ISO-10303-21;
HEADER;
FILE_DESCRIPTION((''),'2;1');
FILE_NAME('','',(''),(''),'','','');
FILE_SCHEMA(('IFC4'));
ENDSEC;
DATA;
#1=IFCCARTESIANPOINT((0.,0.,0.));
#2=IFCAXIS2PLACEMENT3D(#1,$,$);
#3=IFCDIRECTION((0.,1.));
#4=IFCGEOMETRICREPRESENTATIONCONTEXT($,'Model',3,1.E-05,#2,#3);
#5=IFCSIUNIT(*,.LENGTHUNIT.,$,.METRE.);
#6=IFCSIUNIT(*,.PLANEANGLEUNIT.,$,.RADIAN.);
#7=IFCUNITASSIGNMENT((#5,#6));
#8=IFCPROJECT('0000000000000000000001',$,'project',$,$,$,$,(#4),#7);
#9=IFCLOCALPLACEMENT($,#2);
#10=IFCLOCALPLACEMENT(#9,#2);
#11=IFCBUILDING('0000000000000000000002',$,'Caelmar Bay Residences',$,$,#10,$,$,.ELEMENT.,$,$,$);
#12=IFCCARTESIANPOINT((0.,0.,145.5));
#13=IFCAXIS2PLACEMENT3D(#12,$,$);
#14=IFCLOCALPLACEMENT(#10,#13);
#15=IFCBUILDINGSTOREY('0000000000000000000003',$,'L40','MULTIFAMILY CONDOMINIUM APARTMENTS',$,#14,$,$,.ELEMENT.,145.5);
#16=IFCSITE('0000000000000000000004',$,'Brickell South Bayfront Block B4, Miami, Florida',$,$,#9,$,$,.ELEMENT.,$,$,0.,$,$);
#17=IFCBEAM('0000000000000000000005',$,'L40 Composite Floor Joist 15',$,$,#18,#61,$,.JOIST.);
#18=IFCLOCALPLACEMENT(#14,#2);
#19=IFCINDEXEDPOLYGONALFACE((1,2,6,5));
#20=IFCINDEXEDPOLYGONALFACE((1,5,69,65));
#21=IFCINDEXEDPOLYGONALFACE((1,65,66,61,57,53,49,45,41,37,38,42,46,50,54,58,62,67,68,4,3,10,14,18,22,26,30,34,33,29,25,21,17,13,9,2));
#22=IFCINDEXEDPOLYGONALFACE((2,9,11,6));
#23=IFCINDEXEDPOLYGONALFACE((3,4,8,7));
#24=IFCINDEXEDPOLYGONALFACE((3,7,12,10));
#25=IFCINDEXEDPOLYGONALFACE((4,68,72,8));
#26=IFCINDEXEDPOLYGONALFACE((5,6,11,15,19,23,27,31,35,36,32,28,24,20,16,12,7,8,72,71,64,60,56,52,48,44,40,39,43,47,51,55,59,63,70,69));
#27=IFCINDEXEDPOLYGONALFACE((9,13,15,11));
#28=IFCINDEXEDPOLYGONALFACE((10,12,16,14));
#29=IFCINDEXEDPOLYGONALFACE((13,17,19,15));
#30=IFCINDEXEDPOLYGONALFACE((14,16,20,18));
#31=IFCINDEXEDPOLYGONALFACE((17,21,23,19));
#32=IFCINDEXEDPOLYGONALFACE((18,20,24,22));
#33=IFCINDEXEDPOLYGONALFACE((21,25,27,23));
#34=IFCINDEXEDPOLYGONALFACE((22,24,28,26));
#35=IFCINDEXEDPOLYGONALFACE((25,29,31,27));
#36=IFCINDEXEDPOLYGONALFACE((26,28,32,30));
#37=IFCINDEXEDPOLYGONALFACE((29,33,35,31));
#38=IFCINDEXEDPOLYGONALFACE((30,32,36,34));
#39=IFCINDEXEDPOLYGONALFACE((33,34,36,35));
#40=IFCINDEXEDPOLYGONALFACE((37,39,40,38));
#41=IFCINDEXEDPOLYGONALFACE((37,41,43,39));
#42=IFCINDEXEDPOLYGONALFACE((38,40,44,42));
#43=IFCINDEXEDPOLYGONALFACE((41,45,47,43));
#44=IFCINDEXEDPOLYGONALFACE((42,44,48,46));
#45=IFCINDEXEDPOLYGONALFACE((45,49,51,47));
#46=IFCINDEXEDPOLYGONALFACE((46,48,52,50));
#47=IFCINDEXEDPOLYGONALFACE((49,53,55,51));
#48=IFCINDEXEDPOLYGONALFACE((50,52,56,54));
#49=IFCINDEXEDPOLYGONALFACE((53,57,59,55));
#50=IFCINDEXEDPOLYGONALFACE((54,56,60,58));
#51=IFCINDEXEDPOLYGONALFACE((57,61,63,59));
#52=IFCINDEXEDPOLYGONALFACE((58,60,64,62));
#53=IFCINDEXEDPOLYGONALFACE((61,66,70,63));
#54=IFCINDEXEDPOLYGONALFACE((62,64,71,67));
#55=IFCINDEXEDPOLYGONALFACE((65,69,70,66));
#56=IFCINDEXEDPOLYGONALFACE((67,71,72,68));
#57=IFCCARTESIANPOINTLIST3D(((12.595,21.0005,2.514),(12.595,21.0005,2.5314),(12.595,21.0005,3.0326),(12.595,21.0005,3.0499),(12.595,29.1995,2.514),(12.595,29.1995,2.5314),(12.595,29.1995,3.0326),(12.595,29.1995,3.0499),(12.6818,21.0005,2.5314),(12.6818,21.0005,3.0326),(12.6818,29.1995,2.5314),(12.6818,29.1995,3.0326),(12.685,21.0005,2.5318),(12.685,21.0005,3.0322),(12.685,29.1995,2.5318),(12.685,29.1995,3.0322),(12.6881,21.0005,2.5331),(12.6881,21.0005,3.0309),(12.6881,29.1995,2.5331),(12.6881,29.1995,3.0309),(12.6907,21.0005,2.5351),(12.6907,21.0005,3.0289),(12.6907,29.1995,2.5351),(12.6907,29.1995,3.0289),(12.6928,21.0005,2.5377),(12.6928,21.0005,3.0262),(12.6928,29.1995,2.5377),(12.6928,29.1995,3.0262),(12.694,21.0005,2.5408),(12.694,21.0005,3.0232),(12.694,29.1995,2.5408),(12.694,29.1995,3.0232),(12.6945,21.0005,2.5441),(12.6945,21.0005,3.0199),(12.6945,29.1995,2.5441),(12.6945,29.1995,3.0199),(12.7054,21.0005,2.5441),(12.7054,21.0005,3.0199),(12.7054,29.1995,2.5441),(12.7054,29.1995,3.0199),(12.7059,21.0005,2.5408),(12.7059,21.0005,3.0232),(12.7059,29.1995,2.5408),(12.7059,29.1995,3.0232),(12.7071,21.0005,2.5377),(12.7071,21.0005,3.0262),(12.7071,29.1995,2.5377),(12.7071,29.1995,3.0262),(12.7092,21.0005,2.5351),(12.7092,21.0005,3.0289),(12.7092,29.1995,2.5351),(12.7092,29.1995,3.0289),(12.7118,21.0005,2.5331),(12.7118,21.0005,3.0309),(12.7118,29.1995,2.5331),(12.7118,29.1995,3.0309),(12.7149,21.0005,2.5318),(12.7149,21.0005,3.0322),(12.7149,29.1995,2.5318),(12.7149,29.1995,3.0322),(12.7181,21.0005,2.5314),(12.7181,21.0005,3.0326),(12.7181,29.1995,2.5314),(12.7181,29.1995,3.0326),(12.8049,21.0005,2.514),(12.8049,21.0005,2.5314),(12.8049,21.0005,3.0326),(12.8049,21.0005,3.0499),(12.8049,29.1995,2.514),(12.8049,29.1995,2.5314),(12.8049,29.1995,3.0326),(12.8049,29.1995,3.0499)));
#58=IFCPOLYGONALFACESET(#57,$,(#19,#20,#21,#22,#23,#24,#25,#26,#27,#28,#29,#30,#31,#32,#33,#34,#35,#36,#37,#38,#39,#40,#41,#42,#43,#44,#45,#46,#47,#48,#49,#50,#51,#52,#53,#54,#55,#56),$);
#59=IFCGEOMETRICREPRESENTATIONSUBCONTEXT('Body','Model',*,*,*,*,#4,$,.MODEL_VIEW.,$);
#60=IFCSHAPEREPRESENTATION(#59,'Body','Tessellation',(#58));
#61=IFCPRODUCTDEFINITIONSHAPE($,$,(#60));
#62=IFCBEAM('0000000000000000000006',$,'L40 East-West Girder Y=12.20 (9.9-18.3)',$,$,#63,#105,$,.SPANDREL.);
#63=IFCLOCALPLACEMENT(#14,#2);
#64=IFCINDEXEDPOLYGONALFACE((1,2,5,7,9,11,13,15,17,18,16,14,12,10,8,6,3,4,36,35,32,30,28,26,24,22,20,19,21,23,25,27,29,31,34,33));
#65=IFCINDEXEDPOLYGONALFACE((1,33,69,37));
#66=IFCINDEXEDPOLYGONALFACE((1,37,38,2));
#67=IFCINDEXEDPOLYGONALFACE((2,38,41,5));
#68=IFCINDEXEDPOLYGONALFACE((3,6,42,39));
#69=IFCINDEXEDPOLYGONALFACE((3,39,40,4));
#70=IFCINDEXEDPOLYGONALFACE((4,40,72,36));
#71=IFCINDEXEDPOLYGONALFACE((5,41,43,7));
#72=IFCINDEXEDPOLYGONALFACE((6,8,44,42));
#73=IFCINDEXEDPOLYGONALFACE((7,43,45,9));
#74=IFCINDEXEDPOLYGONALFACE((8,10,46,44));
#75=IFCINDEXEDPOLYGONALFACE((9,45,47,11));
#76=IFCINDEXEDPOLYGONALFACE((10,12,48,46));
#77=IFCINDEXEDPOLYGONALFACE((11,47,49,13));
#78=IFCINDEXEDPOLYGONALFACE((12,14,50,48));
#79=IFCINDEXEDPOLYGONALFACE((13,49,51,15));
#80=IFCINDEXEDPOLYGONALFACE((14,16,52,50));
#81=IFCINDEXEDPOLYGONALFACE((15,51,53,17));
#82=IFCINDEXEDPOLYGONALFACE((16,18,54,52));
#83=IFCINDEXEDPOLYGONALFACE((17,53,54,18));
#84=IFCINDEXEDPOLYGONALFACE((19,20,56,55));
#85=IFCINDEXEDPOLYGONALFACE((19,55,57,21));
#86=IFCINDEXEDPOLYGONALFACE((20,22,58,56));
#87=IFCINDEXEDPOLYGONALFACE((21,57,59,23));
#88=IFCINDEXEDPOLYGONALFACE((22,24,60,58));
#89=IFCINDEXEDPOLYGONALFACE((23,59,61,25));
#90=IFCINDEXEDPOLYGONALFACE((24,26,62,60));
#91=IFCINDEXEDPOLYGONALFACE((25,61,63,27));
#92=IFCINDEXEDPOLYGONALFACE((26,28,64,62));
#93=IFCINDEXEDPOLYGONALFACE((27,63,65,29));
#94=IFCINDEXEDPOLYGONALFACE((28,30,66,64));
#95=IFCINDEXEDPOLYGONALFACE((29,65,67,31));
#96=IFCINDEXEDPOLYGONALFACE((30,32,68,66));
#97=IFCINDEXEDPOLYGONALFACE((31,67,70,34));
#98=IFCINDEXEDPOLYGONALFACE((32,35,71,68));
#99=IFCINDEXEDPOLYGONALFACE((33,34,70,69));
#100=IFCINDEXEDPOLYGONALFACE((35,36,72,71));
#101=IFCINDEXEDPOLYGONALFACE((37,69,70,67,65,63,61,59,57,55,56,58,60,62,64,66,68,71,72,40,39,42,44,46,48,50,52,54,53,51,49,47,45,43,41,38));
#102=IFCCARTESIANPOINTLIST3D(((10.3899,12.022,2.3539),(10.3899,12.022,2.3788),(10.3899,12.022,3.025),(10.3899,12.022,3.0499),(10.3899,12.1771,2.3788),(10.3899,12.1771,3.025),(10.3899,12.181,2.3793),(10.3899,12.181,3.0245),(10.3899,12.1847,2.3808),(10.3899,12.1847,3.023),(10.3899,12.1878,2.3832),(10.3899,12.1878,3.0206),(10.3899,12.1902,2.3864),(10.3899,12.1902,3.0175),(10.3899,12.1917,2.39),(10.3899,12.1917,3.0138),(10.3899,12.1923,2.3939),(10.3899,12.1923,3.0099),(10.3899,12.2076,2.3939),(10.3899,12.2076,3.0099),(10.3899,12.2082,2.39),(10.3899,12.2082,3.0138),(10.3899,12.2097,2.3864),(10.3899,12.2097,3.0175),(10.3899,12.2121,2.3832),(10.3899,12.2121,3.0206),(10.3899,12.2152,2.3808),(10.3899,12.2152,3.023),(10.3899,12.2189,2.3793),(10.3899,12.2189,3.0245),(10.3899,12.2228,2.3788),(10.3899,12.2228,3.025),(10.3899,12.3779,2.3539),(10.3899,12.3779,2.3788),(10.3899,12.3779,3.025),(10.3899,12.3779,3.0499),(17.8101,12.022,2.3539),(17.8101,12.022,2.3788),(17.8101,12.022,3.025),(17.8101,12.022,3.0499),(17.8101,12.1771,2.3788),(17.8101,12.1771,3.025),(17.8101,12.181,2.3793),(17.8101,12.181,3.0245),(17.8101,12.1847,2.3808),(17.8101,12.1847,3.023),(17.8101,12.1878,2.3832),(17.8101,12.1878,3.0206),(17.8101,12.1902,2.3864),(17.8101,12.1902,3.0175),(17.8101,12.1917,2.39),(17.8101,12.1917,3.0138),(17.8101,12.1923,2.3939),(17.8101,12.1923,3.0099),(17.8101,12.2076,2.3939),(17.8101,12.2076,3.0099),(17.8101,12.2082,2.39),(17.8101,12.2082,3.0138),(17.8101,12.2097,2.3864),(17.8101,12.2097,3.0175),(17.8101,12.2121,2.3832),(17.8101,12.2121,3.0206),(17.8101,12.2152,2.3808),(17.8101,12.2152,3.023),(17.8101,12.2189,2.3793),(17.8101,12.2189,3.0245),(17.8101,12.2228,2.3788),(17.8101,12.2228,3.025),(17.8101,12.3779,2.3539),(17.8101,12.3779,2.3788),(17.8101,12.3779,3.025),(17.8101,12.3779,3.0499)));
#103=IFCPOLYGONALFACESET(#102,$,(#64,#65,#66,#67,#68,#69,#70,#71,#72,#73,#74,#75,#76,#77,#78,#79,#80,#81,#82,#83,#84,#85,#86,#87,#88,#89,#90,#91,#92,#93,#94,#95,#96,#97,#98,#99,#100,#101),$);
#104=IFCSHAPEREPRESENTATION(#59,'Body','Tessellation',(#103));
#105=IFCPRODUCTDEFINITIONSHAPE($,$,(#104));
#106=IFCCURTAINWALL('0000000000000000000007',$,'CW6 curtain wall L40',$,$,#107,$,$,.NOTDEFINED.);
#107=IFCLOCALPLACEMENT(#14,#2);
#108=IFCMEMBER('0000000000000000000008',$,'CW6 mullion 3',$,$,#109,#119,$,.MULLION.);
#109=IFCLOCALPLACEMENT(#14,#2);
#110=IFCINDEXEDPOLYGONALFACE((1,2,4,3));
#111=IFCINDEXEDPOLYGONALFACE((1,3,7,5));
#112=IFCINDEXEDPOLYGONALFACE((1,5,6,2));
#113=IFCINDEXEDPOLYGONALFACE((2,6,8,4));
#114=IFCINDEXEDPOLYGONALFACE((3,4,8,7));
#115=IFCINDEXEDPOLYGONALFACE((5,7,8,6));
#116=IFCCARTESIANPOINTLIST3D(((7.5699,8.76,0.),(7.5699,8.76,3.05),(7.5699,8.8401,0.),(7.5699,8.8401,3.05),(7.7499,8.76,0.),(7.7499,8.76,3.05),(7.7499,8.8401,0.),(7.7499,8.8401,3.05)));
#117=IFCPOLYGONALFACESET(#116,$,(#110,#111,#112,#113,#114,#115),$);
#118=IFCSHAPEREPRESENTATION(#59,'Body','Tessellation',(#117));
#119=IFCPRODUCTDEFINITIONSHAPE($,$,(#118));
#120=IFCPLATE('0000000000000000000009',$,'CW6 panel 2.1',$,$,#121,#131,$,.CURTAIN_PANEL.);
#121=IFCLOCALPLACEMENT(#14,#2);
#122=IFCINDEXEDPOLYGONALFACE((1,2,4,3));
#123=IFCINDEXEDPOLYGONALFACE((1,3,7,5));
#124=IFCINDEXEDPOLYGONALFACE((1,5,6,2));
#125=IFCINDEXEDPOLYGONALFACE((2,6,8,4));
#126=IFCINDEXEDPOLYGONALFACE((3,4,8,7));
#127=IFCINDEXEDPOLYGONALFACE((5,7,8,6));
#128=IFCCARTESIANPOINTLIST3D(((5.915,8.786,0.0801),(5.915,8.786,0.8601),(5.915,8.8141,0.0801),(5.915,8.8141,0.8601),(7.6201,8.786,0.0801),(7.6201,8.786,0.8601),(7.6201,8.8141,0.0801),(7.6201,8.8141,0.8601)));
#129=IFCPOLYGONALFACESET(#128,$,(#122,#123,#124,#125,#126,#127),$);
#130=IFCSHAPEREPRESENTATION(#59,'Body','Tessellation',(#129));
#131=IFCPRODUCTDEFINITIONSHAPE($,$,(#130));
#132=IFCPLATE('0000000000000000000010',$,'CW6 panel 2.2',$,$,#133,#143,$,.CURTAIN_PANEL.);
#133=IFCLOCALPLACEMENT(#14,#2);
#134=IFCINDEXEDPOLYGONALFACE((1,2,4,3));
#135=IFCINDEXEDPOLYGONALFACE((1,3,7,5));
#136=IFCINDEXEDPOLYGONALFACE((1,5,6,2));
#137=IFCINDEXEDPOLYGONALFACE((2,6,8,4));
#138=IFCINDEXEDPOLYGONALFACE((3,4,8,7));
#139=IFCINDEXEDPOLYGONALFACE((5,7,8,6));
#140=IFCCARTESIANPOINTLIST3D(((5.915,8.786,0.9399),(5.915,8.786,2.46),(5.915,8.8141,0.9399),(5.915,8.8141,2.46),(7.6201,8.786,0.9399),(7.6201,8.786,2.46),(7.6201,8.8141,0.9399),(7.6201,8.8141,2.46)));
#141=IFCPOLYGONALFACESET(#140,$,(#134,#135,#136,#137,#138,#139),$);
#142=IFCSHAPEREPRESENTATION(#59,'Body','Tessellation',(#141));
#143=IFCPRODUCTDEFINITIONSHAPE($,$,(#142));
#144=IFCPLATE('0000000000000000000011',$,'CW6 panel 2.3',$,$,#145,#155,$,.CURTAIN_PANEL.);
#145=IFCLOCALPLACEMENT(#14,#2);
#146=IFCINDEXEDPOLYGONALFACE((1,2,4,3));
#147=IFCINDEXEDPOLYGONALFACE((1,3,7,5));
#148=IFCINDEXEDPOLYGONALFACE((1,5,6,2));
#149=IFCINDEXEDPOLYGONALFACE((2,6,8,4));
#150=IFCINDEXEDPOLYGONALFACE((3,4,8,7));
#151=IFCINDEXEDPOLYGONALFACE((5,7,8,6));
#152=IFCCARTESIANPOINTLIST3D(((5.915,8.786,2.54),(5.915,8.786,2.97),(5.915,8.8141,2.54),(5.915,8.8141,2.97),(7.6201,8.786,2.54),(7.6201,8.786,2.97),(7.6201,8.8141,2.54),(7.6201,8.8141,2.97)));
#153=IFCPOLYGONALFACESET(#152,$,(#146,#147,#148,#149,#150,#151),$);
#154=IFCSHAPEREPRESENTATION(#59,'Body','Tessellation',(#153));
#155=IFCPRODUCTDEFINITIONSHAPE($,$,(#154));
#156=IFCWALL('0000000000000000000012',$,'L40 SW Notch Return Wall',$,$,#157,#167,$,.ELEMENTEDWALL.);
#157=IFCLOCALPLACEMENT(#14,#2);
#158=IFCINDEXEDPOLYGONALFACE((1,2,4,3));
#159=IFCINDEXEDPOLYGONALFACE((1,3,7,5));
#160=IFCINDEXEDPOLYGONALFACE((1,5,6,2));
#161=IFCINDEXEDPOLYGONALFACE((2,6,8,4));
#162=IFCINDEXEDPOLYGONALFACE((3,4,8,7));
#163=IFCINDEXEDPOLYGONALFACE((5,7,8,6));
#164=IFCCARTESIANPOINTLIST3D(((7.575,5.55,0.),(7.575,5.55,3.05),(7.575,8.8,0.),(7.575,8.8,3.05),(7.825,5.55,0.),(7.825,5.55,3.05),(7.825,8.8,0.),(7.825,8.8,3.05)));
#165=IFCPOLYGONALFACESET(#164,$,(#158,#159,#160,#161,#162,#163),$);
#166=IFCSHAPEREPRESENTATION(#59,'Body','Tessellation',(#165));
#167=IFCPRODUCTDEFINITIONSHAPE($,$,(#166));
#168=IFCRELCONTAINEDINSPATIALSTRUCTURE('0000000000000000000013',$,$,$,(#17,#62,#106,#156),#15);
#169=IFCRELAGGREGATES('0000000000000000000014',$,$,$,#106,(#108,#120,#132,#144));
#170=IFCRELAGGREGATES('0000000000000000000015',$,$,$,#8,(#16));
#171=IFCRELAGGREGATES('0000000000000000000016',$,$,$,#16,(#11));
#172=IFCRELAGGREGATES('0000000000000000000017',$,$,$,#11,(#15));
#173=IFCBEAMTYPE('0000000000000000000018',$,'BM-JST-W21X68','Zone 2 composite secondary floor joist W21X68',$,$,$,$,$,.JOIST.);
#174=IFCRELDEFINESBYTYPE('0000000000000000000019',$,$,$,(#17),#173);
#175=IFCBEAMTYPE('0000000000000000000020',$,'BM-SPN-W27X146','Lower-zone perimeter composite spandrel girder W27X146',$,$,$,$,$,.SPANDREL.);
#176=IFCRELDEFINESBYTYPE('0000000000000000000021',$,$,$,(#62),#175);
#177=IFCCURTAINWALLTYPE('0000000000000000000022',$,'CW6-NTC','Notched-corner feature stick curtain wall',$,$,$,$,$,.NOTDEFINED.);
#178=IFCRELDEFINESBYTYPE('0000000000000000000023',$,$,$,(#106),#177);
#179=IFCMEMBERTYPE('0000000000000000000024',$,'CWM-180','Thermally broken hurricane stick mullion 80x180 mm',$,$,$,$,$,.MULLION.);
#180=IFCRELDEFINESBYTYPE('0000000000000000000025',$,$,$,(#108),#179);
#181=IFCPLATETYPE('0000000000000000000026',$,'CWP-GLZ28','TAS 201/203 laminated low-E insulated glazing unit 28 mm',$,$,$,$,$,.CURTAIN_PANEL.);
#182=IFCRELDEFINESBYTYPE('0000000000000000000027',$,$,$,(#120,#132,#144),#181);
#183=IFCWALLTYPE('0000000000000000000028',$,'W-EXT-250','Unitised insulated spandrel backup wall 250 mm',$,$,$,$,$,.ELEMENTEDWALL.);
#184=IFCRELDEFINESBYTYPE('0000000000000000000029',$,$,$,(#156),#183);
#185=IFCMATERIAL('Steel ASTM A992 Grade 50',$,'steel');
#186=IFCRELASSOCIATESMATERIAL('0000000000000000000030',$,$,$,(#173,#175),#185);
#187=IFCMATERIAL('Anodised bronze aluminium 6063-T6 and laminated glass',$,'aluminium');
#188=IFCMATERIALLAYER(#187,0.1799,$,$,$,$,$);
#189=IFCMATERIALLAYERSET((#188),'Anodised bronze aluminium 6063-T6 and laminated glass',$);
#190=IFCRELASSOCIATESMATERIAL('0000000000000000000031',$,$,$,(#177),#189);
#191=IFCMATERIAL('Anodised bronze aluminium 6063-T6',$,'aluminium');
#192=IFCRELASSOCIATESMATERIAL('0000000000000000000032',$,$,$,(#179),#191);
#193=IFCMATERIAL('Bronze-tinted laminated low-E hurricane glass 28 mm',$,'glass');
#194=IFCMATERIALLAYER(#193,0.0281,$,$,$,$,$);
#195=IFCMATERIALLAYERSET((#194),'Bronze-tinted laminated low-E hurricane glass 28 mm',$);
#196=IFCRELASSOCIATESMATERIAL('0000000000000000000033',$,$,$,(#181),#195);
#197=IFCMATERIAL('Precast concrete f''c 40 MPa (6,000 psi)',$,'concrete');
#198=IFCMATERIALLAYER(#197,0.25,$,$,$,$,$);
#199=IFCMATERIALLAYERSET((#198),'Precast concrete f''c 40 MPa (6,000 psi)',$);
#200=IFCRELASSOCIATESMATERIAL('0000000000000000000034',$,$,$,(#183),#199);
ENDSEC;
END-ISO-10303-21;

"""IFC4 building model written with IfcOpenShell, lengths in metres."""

from ifc_helpers import new_model, si_unit, direction, frame, frame_2d, origin, origin_2d, place, context, subcontext, project, spatial, rectangle, i_section, extrude, material, layer, layer_set, material_profile, profile_set, type_object, element, aggregate, save


model = new_model("IFC4")

# Units and contexts
model_context = context("Model", 3, precision=1e-05, world=origin(), true_north=direction((0.0, 1.0)))
body_context = subcontext(model_context, "Body", "Model", "MODEL_VIEW")
ifc_project = project(units=[si_unit("LENGTHUNIT", "METRE"), si_unit("PLANEANGLEUNIT", "RADIAN")], contexts=[model_context])

# Site, building, storey
site_placement = place(None, origin())
site = spatial("IfcSite", under=ifc_project, at=site_placement, Name="Brickell South Bayfront Block B4, Miami, Florida", CompositionType="ELEMENT", RefElevation=0.0)
building_placement = place(site_placement, origin())
building = spatial("IfcBuilding", under=site, at=building_placement, Name="Caelmar Bay Residences", CompositionType="ELEMENT")
storey_placement = place(building_placement, frame((0.0, 0.0, 145.5)))
storey = spatial("IfcBuildingStorey", under=building, at=storey_placement, Name="L40", Description="MULTIFAMILY CONDOMINIUM APARTMENTS", CompositionType="ELEMENT", Elevation=145.5)

# Beams
ifc_material_1 = material(Name="Steel ASTM A992 Grade 50", Category="steel")
ifc_material_profile_1 = material_profile(ifc_material_1, i_section(OverallWidth=0.21, OverallDepth=0.5359, WebThickness=0.011, FlangeThickness=0.0173, FilletRadius=0.0127, at=origin_2d()), Name="W21X68")
ifc_profile_set_1 = profile_set([ifc_material_profile_1], Name="Steel ASTM A992 Grade 50")
beam_type_1 = type_object("IfcBeamType", Name="BM-JST-W21X68", Description="Zone 2 composite secondary floor joist W21X68", PredefinedType="JOIST", material=ifc_profile_set_1)
beam_1_placement = place(storey_placement, frame((12.7, 21.0005, 2.782), z_axis=(0.0, 1.0, 0.0), x_axis=(-1.0, 0.0, 0.0)))
element("IfcBeam", 1, at=beam_1_placement, inside=storey, type_object=beam_type_1, Name="L40 Composite Floor Joist 15", PredefinedType="JOIST", context=body_context, shape_type="SweptSolid", body=[
    extrude(i_section(OverallWidth=0.21, OverallDepth=0.5359, WebThickness=0.011, FlangeThickness=0.0173, FilletRadius=0.0127, at=origin_2d()), origin(), (0.0, 0.0, 1.0), 8.199),
])
ifc_material_profile_2 = material_profile(ifc_material_1, i_section(OverallWidth=0.356, OverallDepth=0.696, WebThickness=0.0154, FlangeThickness=0.0249, FilletRadius=0.0151, at=origin_2d()), Name="W27X146")
ifc_profile_set_2 = profile_set([ifc_material_profile_2], Name="Steel ASTM A992 Grade 50")
beam_type_2 = type_object("IfcBeamType", Name="BM-SPN-W27X146", Description="Lower-zone perimeter composite spandrel girder W27X146", PredefinedType="SPANDREL", material=ifc_profile_set_2)
beam_2_placement = place(storey_placement, frame((10.3899, 12.2, 2.7019), z_axis=(1.0, 0.0, 0.0), x_axis=(0.0, 1.0, 0.0)))
element("IfcBeam", 2, at=beam_2_placement, inside=storey, type_object=beam_type_2, Name="L40 East-West Girder Y=12.20 (9.9-18.3)", PredefinedType="SPANDREL", context=body_context, shape_type="SweptSolid", body=[
    extrude(i_section(OverallWidth=0.356, OverallDepth=0.696, WebThickness=0.0154, FlangeThickness=0.0249, FilletRadius=0.0151, at=origin_2d()), origin(), (0.0, 0.0, 1.0), 7.4202),
])

# Curtain wall, member, plates
ifc_material_2 = material(Name="Anodised bronze aluminium 6063-T6 and laminated glass", Category="aluminium")
ifc_layer_1 = layer(ifc_material_2, 0.1799)
ifc_layer_set_1 = layer_set([ifc_layer_1], Name="Anodised bronze aluminium 6063-T6 and laminated glass")
curtain_wall_type = type_object("IfcCurtainWallType", Name="CW6-NTC", Description="Notched-corner feature stick curtain wall", PredefinedType="NOTDEFINED", material=ifc_layer_set_1)
curtain_wall_placement = place(storey_placement, origin())
curtain_wall = element("IfcCurtainWall", 3, at=curtain_wall_placement, inside=storey, type_object=curtain_wall_type, Name="CW6 curtain wall L40", PredefinedType="NOTDEFINED")
ifc_material_3 = material(Name="Anodised bronze aluminium 6063-T6", Category="aluminium")
ifc_material_profile_3 = material_profile(ifc_material_3, rectangle(XDim=0.0801, YDim=0.1799, at=origin_2d()), Name="CWM-80X180")
ifc_profile_set_3 = profile_set([ifc_material_profile_3], Name="Anodised bronze aluminium 6063-T6")
member_type = type_object("IfcMemberType", Name="CWM-180", Description="Thermally broken hurricane stick mullion 80x180 mm", PredefinedType="MULLION", material=ifc_profile_set_3)
member_placement = place(storey_placement, frame((7.6599, 8.8, 0.0), z_axis=(0.0, 0.0, 1.0), x_axis=(0.0, 1.0, 0.0)))
member = element("IfcMember", 4, at=member_placement, type_object=member_type, Name="CW6 mullion 3", PredefinedType="MULLION", context=body_context, shape_type="SweptSolid", body=[
    extrude(rectangle(XDim=0.0801, YDim=0.1799, at=origin_2d()), origin(), (0.0, 0.0, 1.0), 3.05),
])
ifc_material_4 = material(Name="Bronze-tinted laminated low-E hurricane glass 28 mm", Category="glass")
ifc_layer_2 = layer(ifc_material_4, 0.0281)
ifc_layer_set_2 = layer_set([ifc_layer_2], Name="Bronze-tinted laminated low-E hurricane glass 28 mm")
plate_type = type_object("IfcPlateType", Name="CWP-GLZ28", Description="TAS 201/203 laminated low-E insulated glazing unit 28 mm", PredefinedType="CURTAIN_PANEL", material=ifc_layer_set_2)
plate_1_placement = place(storey_placement, frame((6.7676, 8.8, 0.0801), z_axis=(0.0, 0.0, 1.0), x_axis=(1.0, 0.0, 0.0)))
plate_1 = element("IfcPlate", 5, at=plate_1_placement, type_object=plate_type, Name="CW6 panel 2.1", PredefinedType="CURTAIN_PANEL", context=body_context, shape_type="SweptSolid", body=[
    extrude(rectangle(XDim=1.7051, YDim=0.0281, at=origin_2d()), origin(), (0.0, 0.0, 1.0), 0.78),
])
plate_2_placement = place(storey_placement, frame((6.7676, 8.8, 0.9399), z_axis=(0.0, 0.0, 1.0), x_axis=(1.0, 0.0, 0.0)))
plate_2 = element("IfcPlate", 6, at=plate_2_placement, type_object=plate_type, Name="CW6 panel 2.2", PredefinedType="CURTAIN_PANEL", context=body_context, shape_type="SweptSolid", body=[
    extrude(rectangle(XDim=1.7051, YDim=0.0281, at=origin_2d()), origin(), (0.0, 0.0, 1.0), 1.52),
])
plate_3_placement = place(storey_placement, frame((6.7676, 8.8, 2.54), z_axis=(0.0, 0.0, 1.0), x_axis=(1.0, 0.0, 0.0)))
plate_3 = element("IfcPlate", 7, at=plate_3_placement, type_object=plate_type, Name="CW6 panel 2.3", PredefinedType="CURTAIN_PANEL", context=body_context, shape_type="SweptSolid", body=[
    extrude(rectangle(XDim=1.7051, YDim=0.0281, at=origin_2d()), origin(), (0.0, 0.0, 1.0), 0.4299),
])
aggregate(curtain_wall, [member, plate_1, plate_2, plate_3])

# Wall
ifc_material_5 = material(Name="Precast concrete f'c 40 MPa (6,000 psi)", Category="concrete")
ifc_layer_3 = layer(ifc_material_5, 0.25)
ifc_layer_set_3 = layer_set([ifc_layer_3], Name="Precast concrete f'c 40 MPa (6,000 psi)")
wall_type_1 = type_object("IfcWallType", Name="W-EXT-250", Description="Unitised insulated spandrel backup wall 250 mm", PredefinedType="ELEMENTEDWALL", material=ifc_layer_set_3)
wall_1_placement = place(storey_placement, frame((7.7, 8.8, 0.0), z_axis=(0.0, 0.0, 1.0), x_axis=(0.0, -1.0, 0.0)))
element("IfcWall", 8, at=wall_1_placement, inside=storey, type_object=wall_type_1, Name="L40 SW Notch Return Wall", PredefinedType="ELEMENTEDWALL", context=body_context, shape_type="SweptSolid", body=[
    extrude(rectangle(XDim=3.25, YDim=0.25, at=frame_2d((1.625, 0.0))), origin(), (0.0, 0.0, 1.0), 3.05),
])

save(model, "model.ifc")
